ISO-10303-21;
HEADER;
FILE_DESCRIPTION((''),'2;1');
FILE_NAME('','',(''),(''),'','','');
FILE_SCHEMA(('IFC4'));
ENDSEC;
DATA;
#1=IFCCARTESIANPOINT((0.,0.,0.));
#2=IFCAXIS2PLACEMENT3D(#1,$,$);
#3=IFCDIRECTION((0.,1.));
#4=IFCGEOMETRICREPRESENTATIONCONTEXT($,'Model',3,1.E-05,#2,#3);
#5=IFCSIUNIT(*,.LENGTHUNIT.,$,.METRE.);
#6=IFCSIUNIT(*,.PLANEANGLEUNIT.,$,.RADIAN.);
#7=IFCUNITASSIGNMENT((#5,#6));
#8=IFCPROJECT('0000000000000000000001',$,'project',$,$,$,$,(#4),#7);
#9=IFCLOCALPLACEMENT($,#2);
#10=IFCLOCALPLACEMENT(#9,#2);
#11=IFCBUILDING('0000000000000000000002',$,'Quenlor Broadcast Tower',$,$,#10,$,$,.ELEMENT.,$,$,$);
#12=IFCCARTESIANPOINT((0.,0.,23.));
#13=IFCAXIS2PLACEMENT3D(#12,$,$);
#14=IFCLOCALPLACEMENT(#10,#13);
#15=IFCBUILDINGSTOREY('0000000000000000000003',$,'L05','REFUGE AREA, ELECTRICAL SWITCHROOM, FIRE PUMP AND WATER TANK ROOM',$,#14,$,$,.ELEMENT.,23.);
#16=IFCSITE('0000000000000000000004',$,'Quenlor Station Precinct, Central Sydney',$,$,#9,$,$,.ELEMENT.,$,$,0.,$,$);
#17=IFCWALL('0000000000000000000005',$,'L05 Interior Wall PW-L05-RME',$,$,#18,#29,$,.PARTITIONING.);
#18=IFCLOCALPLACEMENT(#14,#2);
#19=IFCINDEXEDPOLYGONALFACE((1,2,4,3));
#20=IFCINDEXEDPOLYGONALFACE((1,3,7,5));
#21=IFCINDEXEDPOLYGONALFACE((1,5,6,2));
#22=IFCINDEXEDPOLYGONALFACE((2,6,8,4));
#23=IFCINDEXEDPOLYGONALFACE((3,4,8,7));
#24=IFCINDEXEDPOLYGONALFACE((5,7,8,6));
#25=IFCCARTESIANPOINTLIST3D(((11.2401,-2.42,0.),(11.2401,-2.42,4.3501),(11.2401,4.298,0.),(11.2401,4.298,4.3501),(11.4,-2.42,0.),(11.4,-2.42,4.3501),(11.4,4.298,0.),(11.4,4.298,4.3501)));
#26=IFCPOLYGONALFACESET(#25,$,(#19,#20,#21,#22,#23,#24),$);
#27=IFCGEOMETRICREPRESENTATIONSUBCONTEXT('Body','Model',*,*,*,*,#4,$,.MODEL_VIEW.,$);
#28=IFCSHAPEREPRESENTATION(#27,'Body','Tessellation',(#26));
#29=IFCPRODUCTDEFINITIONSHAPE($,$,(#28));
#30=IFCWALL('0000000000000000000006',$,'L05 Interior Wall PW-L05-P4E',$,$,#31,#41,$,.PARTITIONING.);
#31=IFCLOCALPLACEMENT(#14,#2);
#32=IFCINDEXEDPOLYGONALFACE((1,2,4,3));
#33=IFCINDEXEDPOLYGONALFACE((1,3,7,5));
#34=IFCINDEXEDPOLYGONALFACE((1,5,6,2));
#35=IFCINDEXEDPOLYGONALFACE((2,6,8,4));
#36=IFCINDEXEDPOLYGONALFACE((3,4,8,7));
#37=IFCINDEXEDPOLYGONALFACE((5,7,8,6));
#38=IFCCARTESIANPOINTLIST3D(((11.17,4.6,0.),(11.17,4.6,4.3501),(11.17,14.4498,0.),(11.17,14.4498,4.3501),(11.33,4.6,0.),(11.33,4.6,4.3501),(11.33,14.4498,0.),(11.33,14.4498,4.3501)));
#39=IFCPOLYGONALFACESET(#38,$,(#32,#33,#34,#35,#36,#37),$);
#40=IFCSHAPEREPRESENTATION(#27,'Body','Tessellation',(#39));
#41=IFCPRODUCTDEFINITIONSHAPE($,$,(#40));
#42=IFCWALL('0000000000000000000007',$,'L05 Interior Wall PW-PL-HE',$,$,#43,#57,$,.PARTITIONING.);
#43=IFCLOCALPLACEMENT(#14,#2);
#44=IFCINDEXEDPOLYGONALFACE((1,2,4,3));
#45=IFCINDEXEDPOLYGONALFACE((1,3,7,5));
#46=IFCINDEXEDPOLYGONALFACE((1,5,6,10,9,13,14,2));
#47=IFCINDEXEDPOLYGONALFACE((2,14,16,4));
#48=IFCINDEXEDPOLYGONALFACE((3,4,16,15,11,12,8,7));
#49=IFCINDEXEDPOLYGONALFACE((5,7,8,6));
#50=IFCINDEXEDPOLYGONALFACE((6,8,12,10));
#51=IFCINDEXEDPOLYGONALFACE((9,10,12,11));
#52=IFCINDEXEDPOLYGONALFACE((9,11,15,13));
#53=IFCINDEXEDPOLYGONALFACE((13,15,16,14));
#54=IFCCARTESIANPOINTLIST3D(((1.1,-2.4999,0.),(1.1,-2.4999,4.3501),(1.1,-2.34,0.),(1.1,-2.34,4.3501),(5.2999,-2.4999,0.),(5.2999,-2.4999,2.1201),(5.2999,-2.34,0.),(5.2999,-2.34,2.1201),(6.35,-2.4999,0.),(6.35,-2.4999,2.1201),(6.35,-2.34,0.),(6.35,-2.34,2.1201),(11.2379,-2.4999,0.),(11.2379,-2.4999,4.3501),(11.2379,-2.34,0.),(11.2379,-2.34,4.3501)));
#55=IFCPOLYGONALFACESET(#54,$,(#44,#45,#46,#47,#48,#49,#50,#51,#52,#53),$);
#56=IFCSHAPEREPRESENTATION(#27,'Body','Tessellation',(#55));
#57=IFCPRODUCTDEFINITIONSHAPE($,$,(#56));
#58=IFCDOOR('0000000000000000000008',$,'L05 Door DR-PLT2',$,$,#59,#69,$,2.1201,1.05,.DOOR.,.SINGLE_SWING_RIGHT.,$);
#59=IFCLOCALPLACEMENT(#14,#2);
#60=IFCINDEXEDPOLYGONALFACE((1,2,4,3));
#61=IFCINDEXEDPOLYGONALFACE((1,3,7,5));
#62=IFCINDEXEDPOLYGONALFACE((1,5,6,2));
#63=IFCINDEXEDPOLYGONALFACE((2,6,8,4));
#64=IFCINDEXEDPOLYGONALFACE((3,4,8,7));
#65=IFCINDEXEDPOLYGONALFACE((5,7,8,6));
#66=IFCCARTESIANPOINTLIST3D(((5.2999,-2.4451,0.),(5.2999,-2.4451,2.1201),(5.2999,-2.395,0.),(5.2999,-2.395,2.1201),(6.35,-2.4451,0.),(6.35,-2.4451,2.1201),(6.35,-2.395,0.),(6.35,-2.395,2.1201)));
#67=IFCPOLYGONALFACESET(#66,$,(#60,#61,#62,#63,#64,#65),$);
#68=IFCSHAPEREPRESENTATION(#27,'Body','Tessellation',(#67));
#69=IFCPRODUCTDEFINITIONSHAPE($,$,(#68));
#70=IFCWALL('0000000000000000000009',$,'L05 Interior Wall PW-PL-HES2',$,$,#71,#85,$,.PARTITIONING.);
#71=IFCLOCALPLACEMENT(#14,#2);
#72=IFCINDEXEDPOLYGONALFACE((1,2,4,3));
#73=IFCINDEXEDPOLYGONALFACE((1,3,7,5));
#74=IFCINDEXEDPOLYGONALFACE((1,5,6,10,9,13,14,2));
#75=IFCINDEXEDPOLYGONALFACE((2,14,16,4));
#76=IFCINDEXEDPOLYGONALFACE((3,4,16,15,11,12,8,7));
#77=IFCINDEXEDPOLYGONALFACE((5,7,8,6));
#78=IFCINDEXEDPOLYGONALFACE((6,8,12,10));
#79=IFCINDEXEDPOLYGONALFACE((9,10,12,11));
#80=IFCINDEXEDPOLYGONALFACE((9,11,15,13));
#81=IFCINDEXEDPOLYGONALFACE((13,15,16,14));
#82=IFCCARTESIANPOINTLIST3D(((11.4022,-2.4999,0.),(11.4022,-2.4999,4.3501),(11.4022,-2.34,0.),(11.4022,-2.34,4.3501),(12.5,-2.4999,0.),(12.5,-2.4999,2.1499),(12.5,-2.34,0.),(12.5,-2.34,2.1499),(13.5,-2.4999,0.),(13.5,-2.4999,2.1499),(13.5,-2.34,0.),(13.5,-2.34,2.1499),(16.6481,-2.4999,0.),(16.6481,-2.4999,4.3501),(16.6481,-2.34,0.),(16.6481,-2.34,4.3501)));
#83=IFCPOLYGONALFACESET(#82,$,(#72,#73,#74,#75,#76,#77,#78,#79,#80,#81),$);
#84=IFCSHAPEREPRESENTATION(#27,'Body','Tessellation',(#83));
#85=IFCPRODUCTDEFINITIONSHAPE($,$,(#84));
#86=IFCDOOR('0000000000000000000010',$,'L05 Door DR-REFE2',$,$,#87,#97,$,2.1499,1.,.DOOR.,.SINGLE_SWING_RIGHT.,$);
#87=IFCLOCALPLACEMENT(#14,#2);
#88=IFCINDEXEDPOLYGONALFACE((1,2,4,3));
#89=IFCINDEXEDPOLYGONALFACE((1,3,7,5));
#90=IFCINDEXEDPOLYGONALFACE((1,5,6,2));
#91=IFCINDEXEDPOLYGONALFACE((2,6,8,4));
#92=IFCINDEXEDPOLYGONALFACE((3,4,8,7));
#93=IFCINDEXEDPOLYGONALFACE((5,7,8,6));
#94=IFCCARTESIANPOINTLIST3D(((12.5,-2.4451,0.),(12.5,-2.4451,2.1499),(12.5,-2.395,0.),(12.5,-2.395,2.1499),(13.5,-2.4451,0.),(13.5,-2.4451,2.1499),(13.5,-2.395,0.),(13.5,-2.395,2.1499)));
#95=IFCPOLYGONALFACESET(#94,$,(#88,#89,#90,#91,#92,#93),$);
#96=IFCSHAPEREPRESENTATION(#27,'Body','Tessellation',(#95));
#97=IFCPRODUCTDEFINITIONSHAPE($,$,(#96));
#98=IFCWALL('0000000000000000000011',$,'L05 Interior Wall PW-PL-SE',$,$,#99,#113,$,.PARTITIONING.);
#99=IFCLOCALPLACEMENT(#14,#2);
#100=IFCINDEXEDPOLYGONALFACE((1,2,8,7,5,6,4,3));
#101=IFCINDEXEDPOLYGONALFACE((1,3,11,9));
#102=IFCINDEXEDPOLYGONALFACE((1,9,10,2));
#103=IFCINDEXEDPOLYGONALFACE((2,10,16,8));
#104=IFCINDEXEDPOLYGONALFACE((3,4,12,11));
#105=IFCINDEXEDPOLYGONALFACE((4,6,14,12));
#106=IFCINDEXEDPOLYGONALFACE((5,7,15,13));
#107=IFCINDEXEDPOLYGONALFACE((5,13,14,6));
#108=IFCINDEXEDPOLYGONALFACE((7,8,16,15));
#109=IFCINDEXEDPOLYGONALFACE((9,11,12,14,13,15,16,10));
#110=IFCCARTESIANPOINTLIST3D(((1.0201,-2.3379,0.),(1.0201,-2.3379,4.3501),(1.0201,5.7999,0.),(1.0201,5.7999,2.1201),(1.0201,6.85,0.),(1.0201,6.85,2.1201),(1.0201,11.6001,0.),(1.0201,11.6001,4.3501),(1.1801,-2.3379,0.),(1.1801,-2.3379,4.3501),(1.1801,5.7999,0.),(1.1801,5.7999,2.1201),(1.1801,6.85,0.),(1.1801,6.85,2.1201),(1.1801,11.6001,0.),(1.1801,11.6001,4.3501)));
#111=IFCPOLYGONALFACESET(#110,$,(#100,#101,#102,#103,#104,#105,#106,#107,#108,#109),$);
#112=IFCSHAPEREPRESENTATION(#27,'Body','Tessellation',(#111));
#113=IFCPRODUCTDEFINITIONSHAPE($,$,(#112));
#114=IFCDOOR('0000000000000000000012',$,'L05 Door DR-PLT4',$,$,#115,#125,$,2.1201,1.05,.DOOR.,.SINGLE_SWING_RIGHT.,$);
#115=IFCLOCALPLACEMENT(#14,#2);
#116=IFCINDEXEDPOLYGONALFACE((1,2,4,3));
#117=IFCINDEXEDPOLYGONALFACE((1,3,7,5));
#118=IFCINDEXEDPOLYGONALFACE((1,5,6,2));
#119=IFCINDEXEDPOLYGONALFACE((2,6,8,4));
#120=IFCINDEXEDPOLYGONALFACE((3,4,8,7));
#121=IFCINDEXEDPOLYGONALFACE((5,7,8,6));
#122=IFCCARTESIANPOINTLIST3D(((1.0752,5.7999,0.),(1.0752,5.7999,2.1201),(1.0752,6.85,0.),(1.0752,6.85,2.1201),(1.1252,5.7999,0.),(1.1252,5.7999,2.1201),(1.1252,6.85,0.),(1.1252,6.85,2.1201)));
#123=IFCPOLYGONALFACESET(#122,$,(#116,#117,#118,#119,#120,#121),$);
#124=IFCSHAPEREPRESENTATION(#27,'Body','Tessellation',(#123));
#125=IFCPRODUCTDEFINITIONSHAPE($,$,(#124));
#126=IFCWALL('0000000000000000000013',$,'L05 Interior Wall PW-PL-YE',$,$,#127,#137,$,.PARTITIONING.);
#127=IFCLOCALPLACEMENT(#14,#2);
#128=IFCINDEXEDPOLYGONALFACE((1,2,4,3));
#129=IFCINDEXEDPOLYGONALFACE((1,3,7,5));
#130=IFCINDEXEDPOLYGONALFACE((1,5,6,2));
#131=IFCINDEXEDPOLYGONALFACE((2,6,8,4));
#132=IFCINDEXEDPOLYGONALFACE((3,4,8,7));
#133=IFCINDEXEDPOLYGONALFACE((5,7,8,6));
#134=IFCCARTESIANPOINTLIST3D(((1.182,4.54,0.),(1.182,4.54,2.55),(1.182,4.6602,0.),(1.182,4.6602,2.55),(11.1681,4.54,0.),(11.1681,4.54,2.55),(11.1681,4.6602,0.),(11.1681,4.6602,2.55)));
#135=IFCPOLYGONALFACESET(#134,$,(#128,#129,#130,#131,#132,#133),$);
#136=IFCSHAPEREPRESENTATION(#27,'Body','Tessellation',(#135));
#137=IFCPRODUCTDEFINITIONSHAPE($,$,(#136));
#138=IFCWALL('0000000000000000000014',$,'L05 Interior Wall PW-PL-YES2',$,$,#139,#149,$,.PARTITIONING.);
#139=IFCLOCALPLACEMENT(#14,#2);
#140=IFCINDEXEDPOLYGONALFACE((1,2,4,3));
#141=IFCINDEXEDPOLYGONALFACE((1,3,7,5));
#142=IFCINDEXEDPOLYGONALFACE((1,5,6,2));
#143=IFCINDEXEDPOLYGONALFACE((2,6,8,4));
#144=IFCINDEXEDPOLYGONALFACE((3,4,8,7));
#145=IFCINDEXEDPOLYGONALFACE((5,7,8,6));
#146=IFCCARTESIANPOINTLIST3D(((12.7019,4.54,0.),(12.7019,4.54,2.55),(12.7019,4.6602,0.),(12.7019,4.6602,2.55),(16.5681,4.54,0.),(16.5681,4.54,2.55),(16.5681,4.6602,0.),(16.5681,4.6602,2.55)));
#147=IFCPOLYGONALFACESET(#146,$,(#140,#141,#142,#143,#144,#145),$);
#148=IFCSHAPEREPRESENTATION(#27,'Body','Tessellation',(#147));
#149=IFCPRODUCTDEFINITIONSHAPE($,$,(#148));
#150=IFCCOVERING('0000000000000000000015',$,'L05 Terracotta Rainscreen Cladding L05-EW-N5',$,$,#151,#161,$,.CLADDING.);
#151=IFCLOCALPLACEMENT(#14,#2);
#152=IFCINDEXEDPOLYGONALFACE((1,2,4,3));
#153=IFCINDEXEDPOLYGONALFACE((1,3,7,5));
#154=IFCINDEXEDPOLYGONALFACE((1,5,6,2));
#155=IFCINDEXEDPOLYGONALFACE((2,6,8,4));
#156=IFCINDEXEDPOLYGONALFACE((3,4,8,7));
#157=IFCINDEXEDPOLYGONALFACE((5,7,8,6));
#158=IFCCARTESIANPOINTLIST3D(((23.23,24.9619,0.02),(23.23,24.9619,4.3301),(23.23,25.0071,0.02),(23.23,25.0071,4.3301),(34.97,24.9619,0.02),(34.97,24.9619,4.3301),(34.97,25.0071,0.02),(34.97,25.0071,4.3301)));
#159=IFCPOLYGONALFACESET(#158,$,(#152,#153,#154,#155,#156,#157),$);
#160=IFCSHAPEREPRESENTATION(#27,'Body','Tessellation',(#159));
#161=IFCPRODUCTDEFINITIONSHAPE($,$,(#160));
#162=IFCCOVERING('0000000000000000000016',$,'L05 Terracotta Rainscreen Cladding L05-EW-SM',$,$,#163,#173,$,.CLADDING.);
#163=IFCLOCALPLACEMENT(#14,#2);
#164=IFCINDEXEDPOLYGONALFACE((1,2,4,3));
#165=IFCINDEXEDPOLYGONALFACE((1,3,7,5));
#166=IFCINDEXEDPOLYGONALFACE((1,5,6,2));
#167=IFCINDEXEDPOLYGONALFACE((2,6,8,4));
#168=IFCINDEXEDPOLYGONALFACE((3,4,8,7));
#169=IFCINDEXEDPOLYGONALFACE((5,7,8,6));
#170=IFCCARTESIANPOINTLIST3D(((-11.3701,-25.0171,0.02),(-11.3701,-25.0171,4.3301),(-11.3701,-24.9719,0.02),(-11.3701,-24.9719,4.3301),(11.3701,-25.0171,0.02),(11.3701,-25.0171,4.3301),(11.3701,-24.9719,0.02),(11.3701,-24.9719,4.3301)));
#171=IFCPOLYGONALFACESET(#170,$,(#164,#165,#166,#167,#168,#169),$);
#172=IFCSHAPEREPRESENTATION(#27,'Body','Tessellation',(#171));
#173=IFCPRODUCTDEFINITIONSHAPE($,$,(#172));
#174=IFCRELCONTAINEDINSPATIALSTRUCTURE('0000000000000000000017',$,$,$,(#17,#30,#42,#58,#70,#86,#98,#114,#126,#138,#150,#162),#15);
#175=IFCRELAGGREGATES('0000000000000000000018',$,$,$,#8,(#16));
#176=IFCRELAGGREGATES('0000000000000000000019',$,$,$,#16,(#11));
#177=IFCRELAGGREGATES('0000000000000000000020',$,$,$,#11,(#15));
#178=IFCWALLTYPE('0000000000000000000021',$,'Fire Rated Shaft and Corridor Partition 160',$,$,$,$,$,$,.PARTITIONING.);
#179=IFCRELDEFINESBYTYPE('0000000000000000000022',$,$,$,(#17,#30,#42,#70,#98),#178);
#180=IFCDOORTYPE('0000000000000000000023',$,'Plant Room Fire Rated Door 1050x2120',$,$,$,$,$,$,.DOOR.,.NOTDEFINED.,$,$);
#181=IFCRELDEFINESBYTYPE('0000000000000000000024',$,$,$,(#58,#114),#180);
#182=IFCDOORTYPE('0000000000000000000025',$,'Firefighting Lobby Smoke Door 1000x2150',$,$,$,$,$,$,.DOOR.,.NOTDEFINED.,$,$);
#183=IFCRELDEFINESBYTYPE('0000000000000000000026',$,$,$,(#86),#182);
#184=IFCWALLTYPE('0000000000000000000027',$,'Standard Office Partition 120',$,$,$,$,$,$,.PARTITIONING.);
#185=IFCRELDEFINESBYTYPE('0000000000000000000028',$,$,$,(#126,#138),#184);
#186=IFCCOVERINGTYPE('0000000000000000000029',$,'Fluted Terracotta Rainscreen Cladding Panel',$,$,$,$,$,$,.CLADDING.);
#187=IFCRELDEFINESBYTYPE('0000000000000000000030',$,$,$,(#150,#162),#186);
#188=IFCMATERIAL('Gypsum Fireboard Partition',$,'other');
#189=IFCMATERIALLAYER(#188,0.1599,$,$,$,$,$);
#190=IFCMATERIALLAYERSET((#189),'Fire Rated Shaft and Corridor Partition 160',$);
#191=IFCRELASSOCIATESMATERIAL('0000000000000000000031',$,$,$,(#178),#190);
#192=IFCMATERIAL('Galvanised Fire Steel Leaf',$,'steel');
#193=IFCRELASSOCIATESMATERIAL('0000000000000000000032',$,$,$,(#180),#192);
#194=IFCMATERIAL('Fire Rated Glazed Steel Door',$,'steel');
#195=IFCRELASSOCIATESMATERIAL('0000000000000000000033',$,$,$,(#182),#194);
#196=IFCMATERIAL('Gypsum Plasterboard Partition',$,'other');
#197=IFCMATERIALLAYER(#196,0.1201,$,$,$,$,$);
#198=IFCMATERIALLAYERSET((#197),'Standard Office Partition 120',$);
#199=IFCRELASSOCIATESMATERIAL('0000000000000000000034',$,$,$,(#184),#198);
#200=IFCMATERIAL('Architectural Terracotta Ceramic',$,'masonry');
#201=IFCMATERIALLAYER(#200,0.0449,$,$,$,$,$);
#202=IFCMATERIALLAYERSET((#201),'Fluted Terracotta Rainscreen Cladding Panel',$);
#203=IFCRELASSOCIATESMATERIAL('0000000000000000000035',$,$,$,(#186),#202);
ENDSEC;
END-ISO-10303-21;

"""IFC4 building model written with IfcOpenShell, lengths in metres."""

from ifc_helpers import new_model, si_unit, direction, frame, frame_2d, origin, place, context, subcontext, project, spatial, polyline, rectangle, outline, extrude, material, layer, layer_set, type_object, element, fill, save


model = new_model("IFC4")

# Units and contexts
model_context = context("Model", 3, precision=1e-05, world=origin(), true_north=direction((0.0, 1.0)))
body_context = subcontext(model_context, "Body", "Model", "MODEL_VIEW")
ifc_project = project(units=[si_unit("LENGTHUNIT", "METRE"), si_unit("PLANEANGLEUNIT", "RADIAN")], contexts=[model_context])

# Site, building, storey
site_placement = place(None, origin())
site = spatial("IfcSite", under=ifc_project, at=site_placement, Name="Quenlor Station Precinct, Central Sydney", CompositionType="ELEMENT", RefElevation=0.0)
building_placement = place(site_placement, origin())
building = spatial("IfcBuilding", under=site, at=building_placement, Name="Quenlor Broadcast Tower", CompositionType="ELEMENT")
storey_placement = place(building_placement, frame((0.0, 0.0, 23.0)))
storey = spatial("IfcBuildingStorey", under=building, at=storey_placement, Name="L05", Description="REFUGE AREA, ELECTRICAL SWITCHROOM, FIRE PUMP AND WATER TANK ROOM", CompositionType="ELEMENT", Elevation=23.0)

# Walls
ifc_material_1 = material(Name="Gypsum Fireboard Partition", Category="other")
ifc_layer_1 = layer(ifc_material_1, 0.1599)
ifc_layer_set_1 = layer_set([ifc_layer_1], Name="Fire Rated Shaft and Corridor Partition 160")
wall_type_1 = type_object("IfcWallType", Name="Fire Rated Shaft and Corridor Partition 160", PredefinedType="PARTITIONING", material=ifc_layer_set_1)
wall_1_placement = place(storey_placement, frame((11.3201, -2.4199, 0.0), z_axis=(0.0, 0.0, 1.0), x_axis=(0.0, 1.0, 0.0)))
element("IfcWall", 1, at=wall_1_placement, inside=storey, type_object=wall_type_1, Name="L05 Interior Wall PW-L05-RME", PredefinedType="PARTITIONING", context=body_context, shape_type="SweptSolid", body=[
    extrude(rectangle(XDim=6.718, YDim=0.1599, at=frame_2d((3.3589, 0.0))), origin(), (0.0, 0.0, 1.0), 4.3501),
])
wall_2_placement = place(storey_placement, frame((11.25, 4.6001, 0.0), z_axis=(0.0, 0.0, 1.0), x_axis=(0.0, 1.0, 0.0)))
element("IfcWall", 2, at=wall_2_placement, inside=storey, type_object=wall_type_1, Name="L05 Interior Wall PW-L05-P4E", PredefinedType="PARTITIONING", context=body_context, shape_type="SweptSolid", body=[
    extrude(rectangle(XDim=9.8499, YDim=0.1599, at=frame_2d((4.9248, 0.0))), origin(), (0.0, 0.0, 1.0), 4.3501),
])

# Walls, openings, doors
wall_3_placement = place(storey_placement, frame((1.1001, -2.4199, 0.0), z_axis=(0.0, 0.0, 1.0), x_axis=(1.0, 0.0, 0.0)))
wall_3 = element("IfcWall", 3, at=wall_3_placement, inside=storey, type_object=wall_type_1, Name="L05 Interior Wall PW-PL-HE", PredefinedType="PARTITIONING", context=body_context, shape_type="SweptSolid", body=[
    extrude(rectangle(XDim=10.1379, YDim=0.1599, at=frame_2d((5.0688, 0.0))), origin(), (0.0, 0.0, 1.0), 4.3501),
])
opening_1_placement = place(wall_3_placement, frame((4.2, 0.0, 0.0)))
opening_1 = element("IfcOpeningElement", 4, at=opening_1_placement, cuts=wall_3, PredefinedType="OPENING", context=body_context, shape_type="SweptSolid", body=[
    extrude(rectangle(XDim=1.05, YDim=2.1201, at=frame_2d((0.5249, 1.0601))), frame((0.0, 0.0898, 0.0), z_axis=(0.0, -1.0, 0.0), x_axis=(1.0, 0.0, 0.0)), (0.0, 0.0, 1.0), 0.1799),
])
ifc_material_2 = material(Name="Galvanised Fire Steel Leaf", Category="steel")
door_type_1 = type_object("IfcDoorType", Name="Plant Room Fire Rated Door 1050x2120", OperationType="NOTDEFINED", PredefinedType="DOOR", material=ifc_material_2)
door_1_placement = place(opening_1_placement, origin())
door_1 = element("IfcDoor", 5, at=door_1_placement, inside=storey, type_object=door_type_1, Name="L05 Door DR-PLT2", OperationType="SINGLE_SWING_RIGHT", OverallHeight=2.1201, OverallWidth=1.05, PredefinedType="DOOR", context=body_context, shape_type="SweptSolid", body=[
    extrude(rectangle(XDim=1.05, YDim=2.1201, at=frame_2d((0.5249, 1.0601))), frame((0.0, 0.0249, 0.0), z_axis=(0.0, -1.0, 0.0), x_axis=(1.0, 0.0, 0.0)), (0.0, 0.0, 1.0), 0.05),
])
fill(opening_1, door_1)
wall_4_placement = place(storey_placement, frame((11.4021, -2.4199, 0.0), z_axis=(0.0, 0.0, 1.0), x_axis=(1.0, 0.0, 0.0)))
wall_4 = element("IfcWall", 6, at=wall_4_placement, inside=storey, type_object=wall_type_1, Name="L05 Interior Wall PW-PL-HES2", PredefinedType="PARTITIONING", context=body_context, shape_type="SweptSolid", body=[
    extrude(rectangle(XDim=5.2458, YDim=0.1599, at=frame_2d((2.623, 0.0))), origin(), (0.0, 0.0, 1.0), 4.3501),
])
opening_2_placement = place(wall_4_placement, frame((1.0979, 0.0, 0.0)))
opening_2 = element("IfcOpeningElement", 7, at=opening_2_placement, cuts=wall_4, PredefinedType="OPENING", context=body_context, shape_type="SweptSolid", body=[
    extrude(rectangle(XDim=1.0, YDim=2.1499, at=frame_2d((0.5, 1.075))), frame((0.0, 0.0898, 0.0), z_axis=(0.0, -1.0, 0.0), x_axis=(1.0, 0.0, 0.0)), (0.0, 0.0, 1.0), 0.1799),
])
ifc_material_3 = material(Name="Fire Rated Glazed Steel Door", Category="steel")
door_type_2 = type_object("IfcDoorType", Name="Firefighting Lobby Smoke Door 1000x2150", OperationType="NOTDEFINED", PredefinedType="DOOR", material=ifc_material_3)
door_2_placement = place(opening_2_placement, origin())
door_2 = element("IfcDoor", 8, at=door_2_placement, inside=storey, type_object=door_type_2, Name="L05 Door DR-REFE2", OperationType="SINGLE_SWING_RIGHT", OverallHeight=2.1499, OverallWidth=1.0, PredefinedType="DOOR", context=body_context, shape_type="SweptSolid", body=[
    extrude(rectangle(XDim=1.0, YDim=2.1499, at=frame_2d((0.5, 1.075))), frame((0.0, 0.0249, 0.0), z_axis=(0.0, -1.0, 0.0), x_axis=(1.0, 0.0, 0.0)), (0.0, 0.0, 1.0), 0.05),
])
fill(opening_2, door_2)
wall_5_placement = place(storey_placement, frame((1.1001, -2.3379, 0.0), z_axis=(0.0, 0.0, 1.0), x_axis=(0.0, 1.0, 0.0)))
wall_5 = element("IfcWall", 9, at=wall_5_placement, inside=storey, type_object=wall_type_1, Name="L05 Interior Wall PW-PL-SE", PredefinedType="PARTITIONING", context=body_context, shape_type="SweptSolid", body=[
    extrude(rectangle(XDim=13.938, YDim=0.1599, at=frame_2d((6.969, 0.0))), origin(), (0.0, 0.0, 1.0), 4.3501),
])
opening_3_placement = place(wall_5_placement, frame((8.1379, 0.0, 0.0)))
opening_3 = element("IfcOpeningElement", 10, at=opening_3_placement, cuts=wall_5, PredefinedType="OPENING", context=body_context, shape_type="SweptSolid", body=[
    extrude(rectangle(XDim=1.05, YDim=2.1201, at=frame_2d((0.5249, 1.0601))), frame((0.0, 0.0898, 0.0), z_axis=(0.0, -1.0, 0.0), x_axis=(1.0, 0.0, 0.0)), (0.0, 0.0, 1.0), 0.1799),
])
door_3_placement = place(opening_3_placement, origin())
door_3 = element("IfcDoor", 11, at=door_3_placement, inside=storey, type_object=door_type_1, Name="L05 Door DR-PLT4", OperationType="SINGLE_SWING_RIGHT", OverallHeight=2.1201, OverallWidth=1.05, PredefinedType="DOOR", context=body_context, shape_type="SweptSolid", body=[
    extrude(rectangle(XDim=1.05, YDim=2.1201, at=frame_2d((0.5249, 1.0601))), frame((0.0, 0.0249, 0.0), z_axis=(0.0, -1.0, 0.0), x_axis=(1.0, 0.0, 0.0)), (0.0, 0.0, 1.0), 0.05),
])
fill(opening_3, door_3)

# Walls
ifc_material_4 = material(Name="Gypsum Plasterboard Partition", Category="other")
ifc_layer_2 = layer(ifc_material_4, 0.1201)
ifc_layer_set_2 = layer_set([ifc_layer_2], Name="Standard Office Partition 120")
wall_type_2 = type_object("IfcWallType", Name="Standard Office Partition 120", PredefinedType="PARTITIONING", material=ifc_layer_set_2)
wall_6_placement = place(storey_placement, frame((1.1819, 4.6001, 0.0), z_axis=(0.0, 0.0, 1.0), x_axis=(1.0, 0.0, 0.0)))
element("IfcWall", 12, at=wall_6_placement, inside=storey, type_object=wall_type_2, Name="L05 Interior Wall PW-PL-YE", PredefinedType="PARTITIONING", context=body_context, shape_type="SweptSolid", body=[
    extrude(rectangle(XDim=9.9861, YDim=0.1201, at=frame_2d((4.9932, 0.0))), origin(), (0.0, 0.0, 1.0), 2.55),
])
wall_7_placement = place(storey_placement, frame((12.7019, 4.6001, 0.0), z_axis=(0.0, 0.0, 1.0), x_axis=(1.0, 0.0, 0.0)))
element("IfcWall", 13, at=wall_7_placement, inside=storey, type_object=wall_type_2, Name="L05 Interior Wall PW-PL-YES2", PredefinedType="PARTITIONING", context=body_context, shape_type="SweptSolid", body=[
    extrude(rectangle(XDim=3.8662, YDim=0.1201, at=frame_2d((1.9331, 0.0))), origin(), (0.0, 0.0, 1.0), 2.55),
])

# Coverings
ifc_material_5 = material(Name="Architectural Terracotta Ceramic", Category="masonry")
ifc_layer_3 = layer(ifc_material_5, 0.0449)
ifc_layer_set_3 = layer_set([ifc_layer_3], Name="Fluted Terracotta Rainscreen Cladding Panel")
covering_type = type_object("IfcCoveringType", Name="Fluted Terracotta Rainscreen Cladding Panel", PredefinedType="CLADDING", material=ifc_layer_set_3)
covering_1_placement = place(storey_placement, frame((0.0, 0.0, 0.02)))
element("IfcCovering", 14, at=covering_1_placement, inside=storey, type_object=covering_type, Name="L05 Terracotta Rainscreen Cladding L05-EW-N5", PredefinedType="CLADDING", context=body_context, shape_type="SweptSolid", body=[
    extrude(outline(polyline([(23.23, 24.9619), (34.97, 24.9619), (34.97, 25.0071), (23.23, 25.0071), (23.23, 24.9619)])), origin(), (0.0, 0.0, 1.0), 4.3101),
])
covering_2_placement = place(storey_placement, frame((0.0, 0.0, 0.02)))
element("IfcCovering", 15, at=covering_2_placement, inside=storey, type_object=covering_type, Name="L05 Terracotta Rainscreen Cladding L05-EW-SM", PredefinedType="CLADDING", context=body_context, shape_type="SweptSolid", body=[
    extrude(outline(polyline([(11.3701, -24.9719), (-11.3701, -24.9719), (-11.3701, -25.0171), (11.3701, -25.0171), (11.3701, -24.9719)])), origin(), (0.0, 0.0, 1.0), 4.3101),
])

save(model, "model.ifc")
